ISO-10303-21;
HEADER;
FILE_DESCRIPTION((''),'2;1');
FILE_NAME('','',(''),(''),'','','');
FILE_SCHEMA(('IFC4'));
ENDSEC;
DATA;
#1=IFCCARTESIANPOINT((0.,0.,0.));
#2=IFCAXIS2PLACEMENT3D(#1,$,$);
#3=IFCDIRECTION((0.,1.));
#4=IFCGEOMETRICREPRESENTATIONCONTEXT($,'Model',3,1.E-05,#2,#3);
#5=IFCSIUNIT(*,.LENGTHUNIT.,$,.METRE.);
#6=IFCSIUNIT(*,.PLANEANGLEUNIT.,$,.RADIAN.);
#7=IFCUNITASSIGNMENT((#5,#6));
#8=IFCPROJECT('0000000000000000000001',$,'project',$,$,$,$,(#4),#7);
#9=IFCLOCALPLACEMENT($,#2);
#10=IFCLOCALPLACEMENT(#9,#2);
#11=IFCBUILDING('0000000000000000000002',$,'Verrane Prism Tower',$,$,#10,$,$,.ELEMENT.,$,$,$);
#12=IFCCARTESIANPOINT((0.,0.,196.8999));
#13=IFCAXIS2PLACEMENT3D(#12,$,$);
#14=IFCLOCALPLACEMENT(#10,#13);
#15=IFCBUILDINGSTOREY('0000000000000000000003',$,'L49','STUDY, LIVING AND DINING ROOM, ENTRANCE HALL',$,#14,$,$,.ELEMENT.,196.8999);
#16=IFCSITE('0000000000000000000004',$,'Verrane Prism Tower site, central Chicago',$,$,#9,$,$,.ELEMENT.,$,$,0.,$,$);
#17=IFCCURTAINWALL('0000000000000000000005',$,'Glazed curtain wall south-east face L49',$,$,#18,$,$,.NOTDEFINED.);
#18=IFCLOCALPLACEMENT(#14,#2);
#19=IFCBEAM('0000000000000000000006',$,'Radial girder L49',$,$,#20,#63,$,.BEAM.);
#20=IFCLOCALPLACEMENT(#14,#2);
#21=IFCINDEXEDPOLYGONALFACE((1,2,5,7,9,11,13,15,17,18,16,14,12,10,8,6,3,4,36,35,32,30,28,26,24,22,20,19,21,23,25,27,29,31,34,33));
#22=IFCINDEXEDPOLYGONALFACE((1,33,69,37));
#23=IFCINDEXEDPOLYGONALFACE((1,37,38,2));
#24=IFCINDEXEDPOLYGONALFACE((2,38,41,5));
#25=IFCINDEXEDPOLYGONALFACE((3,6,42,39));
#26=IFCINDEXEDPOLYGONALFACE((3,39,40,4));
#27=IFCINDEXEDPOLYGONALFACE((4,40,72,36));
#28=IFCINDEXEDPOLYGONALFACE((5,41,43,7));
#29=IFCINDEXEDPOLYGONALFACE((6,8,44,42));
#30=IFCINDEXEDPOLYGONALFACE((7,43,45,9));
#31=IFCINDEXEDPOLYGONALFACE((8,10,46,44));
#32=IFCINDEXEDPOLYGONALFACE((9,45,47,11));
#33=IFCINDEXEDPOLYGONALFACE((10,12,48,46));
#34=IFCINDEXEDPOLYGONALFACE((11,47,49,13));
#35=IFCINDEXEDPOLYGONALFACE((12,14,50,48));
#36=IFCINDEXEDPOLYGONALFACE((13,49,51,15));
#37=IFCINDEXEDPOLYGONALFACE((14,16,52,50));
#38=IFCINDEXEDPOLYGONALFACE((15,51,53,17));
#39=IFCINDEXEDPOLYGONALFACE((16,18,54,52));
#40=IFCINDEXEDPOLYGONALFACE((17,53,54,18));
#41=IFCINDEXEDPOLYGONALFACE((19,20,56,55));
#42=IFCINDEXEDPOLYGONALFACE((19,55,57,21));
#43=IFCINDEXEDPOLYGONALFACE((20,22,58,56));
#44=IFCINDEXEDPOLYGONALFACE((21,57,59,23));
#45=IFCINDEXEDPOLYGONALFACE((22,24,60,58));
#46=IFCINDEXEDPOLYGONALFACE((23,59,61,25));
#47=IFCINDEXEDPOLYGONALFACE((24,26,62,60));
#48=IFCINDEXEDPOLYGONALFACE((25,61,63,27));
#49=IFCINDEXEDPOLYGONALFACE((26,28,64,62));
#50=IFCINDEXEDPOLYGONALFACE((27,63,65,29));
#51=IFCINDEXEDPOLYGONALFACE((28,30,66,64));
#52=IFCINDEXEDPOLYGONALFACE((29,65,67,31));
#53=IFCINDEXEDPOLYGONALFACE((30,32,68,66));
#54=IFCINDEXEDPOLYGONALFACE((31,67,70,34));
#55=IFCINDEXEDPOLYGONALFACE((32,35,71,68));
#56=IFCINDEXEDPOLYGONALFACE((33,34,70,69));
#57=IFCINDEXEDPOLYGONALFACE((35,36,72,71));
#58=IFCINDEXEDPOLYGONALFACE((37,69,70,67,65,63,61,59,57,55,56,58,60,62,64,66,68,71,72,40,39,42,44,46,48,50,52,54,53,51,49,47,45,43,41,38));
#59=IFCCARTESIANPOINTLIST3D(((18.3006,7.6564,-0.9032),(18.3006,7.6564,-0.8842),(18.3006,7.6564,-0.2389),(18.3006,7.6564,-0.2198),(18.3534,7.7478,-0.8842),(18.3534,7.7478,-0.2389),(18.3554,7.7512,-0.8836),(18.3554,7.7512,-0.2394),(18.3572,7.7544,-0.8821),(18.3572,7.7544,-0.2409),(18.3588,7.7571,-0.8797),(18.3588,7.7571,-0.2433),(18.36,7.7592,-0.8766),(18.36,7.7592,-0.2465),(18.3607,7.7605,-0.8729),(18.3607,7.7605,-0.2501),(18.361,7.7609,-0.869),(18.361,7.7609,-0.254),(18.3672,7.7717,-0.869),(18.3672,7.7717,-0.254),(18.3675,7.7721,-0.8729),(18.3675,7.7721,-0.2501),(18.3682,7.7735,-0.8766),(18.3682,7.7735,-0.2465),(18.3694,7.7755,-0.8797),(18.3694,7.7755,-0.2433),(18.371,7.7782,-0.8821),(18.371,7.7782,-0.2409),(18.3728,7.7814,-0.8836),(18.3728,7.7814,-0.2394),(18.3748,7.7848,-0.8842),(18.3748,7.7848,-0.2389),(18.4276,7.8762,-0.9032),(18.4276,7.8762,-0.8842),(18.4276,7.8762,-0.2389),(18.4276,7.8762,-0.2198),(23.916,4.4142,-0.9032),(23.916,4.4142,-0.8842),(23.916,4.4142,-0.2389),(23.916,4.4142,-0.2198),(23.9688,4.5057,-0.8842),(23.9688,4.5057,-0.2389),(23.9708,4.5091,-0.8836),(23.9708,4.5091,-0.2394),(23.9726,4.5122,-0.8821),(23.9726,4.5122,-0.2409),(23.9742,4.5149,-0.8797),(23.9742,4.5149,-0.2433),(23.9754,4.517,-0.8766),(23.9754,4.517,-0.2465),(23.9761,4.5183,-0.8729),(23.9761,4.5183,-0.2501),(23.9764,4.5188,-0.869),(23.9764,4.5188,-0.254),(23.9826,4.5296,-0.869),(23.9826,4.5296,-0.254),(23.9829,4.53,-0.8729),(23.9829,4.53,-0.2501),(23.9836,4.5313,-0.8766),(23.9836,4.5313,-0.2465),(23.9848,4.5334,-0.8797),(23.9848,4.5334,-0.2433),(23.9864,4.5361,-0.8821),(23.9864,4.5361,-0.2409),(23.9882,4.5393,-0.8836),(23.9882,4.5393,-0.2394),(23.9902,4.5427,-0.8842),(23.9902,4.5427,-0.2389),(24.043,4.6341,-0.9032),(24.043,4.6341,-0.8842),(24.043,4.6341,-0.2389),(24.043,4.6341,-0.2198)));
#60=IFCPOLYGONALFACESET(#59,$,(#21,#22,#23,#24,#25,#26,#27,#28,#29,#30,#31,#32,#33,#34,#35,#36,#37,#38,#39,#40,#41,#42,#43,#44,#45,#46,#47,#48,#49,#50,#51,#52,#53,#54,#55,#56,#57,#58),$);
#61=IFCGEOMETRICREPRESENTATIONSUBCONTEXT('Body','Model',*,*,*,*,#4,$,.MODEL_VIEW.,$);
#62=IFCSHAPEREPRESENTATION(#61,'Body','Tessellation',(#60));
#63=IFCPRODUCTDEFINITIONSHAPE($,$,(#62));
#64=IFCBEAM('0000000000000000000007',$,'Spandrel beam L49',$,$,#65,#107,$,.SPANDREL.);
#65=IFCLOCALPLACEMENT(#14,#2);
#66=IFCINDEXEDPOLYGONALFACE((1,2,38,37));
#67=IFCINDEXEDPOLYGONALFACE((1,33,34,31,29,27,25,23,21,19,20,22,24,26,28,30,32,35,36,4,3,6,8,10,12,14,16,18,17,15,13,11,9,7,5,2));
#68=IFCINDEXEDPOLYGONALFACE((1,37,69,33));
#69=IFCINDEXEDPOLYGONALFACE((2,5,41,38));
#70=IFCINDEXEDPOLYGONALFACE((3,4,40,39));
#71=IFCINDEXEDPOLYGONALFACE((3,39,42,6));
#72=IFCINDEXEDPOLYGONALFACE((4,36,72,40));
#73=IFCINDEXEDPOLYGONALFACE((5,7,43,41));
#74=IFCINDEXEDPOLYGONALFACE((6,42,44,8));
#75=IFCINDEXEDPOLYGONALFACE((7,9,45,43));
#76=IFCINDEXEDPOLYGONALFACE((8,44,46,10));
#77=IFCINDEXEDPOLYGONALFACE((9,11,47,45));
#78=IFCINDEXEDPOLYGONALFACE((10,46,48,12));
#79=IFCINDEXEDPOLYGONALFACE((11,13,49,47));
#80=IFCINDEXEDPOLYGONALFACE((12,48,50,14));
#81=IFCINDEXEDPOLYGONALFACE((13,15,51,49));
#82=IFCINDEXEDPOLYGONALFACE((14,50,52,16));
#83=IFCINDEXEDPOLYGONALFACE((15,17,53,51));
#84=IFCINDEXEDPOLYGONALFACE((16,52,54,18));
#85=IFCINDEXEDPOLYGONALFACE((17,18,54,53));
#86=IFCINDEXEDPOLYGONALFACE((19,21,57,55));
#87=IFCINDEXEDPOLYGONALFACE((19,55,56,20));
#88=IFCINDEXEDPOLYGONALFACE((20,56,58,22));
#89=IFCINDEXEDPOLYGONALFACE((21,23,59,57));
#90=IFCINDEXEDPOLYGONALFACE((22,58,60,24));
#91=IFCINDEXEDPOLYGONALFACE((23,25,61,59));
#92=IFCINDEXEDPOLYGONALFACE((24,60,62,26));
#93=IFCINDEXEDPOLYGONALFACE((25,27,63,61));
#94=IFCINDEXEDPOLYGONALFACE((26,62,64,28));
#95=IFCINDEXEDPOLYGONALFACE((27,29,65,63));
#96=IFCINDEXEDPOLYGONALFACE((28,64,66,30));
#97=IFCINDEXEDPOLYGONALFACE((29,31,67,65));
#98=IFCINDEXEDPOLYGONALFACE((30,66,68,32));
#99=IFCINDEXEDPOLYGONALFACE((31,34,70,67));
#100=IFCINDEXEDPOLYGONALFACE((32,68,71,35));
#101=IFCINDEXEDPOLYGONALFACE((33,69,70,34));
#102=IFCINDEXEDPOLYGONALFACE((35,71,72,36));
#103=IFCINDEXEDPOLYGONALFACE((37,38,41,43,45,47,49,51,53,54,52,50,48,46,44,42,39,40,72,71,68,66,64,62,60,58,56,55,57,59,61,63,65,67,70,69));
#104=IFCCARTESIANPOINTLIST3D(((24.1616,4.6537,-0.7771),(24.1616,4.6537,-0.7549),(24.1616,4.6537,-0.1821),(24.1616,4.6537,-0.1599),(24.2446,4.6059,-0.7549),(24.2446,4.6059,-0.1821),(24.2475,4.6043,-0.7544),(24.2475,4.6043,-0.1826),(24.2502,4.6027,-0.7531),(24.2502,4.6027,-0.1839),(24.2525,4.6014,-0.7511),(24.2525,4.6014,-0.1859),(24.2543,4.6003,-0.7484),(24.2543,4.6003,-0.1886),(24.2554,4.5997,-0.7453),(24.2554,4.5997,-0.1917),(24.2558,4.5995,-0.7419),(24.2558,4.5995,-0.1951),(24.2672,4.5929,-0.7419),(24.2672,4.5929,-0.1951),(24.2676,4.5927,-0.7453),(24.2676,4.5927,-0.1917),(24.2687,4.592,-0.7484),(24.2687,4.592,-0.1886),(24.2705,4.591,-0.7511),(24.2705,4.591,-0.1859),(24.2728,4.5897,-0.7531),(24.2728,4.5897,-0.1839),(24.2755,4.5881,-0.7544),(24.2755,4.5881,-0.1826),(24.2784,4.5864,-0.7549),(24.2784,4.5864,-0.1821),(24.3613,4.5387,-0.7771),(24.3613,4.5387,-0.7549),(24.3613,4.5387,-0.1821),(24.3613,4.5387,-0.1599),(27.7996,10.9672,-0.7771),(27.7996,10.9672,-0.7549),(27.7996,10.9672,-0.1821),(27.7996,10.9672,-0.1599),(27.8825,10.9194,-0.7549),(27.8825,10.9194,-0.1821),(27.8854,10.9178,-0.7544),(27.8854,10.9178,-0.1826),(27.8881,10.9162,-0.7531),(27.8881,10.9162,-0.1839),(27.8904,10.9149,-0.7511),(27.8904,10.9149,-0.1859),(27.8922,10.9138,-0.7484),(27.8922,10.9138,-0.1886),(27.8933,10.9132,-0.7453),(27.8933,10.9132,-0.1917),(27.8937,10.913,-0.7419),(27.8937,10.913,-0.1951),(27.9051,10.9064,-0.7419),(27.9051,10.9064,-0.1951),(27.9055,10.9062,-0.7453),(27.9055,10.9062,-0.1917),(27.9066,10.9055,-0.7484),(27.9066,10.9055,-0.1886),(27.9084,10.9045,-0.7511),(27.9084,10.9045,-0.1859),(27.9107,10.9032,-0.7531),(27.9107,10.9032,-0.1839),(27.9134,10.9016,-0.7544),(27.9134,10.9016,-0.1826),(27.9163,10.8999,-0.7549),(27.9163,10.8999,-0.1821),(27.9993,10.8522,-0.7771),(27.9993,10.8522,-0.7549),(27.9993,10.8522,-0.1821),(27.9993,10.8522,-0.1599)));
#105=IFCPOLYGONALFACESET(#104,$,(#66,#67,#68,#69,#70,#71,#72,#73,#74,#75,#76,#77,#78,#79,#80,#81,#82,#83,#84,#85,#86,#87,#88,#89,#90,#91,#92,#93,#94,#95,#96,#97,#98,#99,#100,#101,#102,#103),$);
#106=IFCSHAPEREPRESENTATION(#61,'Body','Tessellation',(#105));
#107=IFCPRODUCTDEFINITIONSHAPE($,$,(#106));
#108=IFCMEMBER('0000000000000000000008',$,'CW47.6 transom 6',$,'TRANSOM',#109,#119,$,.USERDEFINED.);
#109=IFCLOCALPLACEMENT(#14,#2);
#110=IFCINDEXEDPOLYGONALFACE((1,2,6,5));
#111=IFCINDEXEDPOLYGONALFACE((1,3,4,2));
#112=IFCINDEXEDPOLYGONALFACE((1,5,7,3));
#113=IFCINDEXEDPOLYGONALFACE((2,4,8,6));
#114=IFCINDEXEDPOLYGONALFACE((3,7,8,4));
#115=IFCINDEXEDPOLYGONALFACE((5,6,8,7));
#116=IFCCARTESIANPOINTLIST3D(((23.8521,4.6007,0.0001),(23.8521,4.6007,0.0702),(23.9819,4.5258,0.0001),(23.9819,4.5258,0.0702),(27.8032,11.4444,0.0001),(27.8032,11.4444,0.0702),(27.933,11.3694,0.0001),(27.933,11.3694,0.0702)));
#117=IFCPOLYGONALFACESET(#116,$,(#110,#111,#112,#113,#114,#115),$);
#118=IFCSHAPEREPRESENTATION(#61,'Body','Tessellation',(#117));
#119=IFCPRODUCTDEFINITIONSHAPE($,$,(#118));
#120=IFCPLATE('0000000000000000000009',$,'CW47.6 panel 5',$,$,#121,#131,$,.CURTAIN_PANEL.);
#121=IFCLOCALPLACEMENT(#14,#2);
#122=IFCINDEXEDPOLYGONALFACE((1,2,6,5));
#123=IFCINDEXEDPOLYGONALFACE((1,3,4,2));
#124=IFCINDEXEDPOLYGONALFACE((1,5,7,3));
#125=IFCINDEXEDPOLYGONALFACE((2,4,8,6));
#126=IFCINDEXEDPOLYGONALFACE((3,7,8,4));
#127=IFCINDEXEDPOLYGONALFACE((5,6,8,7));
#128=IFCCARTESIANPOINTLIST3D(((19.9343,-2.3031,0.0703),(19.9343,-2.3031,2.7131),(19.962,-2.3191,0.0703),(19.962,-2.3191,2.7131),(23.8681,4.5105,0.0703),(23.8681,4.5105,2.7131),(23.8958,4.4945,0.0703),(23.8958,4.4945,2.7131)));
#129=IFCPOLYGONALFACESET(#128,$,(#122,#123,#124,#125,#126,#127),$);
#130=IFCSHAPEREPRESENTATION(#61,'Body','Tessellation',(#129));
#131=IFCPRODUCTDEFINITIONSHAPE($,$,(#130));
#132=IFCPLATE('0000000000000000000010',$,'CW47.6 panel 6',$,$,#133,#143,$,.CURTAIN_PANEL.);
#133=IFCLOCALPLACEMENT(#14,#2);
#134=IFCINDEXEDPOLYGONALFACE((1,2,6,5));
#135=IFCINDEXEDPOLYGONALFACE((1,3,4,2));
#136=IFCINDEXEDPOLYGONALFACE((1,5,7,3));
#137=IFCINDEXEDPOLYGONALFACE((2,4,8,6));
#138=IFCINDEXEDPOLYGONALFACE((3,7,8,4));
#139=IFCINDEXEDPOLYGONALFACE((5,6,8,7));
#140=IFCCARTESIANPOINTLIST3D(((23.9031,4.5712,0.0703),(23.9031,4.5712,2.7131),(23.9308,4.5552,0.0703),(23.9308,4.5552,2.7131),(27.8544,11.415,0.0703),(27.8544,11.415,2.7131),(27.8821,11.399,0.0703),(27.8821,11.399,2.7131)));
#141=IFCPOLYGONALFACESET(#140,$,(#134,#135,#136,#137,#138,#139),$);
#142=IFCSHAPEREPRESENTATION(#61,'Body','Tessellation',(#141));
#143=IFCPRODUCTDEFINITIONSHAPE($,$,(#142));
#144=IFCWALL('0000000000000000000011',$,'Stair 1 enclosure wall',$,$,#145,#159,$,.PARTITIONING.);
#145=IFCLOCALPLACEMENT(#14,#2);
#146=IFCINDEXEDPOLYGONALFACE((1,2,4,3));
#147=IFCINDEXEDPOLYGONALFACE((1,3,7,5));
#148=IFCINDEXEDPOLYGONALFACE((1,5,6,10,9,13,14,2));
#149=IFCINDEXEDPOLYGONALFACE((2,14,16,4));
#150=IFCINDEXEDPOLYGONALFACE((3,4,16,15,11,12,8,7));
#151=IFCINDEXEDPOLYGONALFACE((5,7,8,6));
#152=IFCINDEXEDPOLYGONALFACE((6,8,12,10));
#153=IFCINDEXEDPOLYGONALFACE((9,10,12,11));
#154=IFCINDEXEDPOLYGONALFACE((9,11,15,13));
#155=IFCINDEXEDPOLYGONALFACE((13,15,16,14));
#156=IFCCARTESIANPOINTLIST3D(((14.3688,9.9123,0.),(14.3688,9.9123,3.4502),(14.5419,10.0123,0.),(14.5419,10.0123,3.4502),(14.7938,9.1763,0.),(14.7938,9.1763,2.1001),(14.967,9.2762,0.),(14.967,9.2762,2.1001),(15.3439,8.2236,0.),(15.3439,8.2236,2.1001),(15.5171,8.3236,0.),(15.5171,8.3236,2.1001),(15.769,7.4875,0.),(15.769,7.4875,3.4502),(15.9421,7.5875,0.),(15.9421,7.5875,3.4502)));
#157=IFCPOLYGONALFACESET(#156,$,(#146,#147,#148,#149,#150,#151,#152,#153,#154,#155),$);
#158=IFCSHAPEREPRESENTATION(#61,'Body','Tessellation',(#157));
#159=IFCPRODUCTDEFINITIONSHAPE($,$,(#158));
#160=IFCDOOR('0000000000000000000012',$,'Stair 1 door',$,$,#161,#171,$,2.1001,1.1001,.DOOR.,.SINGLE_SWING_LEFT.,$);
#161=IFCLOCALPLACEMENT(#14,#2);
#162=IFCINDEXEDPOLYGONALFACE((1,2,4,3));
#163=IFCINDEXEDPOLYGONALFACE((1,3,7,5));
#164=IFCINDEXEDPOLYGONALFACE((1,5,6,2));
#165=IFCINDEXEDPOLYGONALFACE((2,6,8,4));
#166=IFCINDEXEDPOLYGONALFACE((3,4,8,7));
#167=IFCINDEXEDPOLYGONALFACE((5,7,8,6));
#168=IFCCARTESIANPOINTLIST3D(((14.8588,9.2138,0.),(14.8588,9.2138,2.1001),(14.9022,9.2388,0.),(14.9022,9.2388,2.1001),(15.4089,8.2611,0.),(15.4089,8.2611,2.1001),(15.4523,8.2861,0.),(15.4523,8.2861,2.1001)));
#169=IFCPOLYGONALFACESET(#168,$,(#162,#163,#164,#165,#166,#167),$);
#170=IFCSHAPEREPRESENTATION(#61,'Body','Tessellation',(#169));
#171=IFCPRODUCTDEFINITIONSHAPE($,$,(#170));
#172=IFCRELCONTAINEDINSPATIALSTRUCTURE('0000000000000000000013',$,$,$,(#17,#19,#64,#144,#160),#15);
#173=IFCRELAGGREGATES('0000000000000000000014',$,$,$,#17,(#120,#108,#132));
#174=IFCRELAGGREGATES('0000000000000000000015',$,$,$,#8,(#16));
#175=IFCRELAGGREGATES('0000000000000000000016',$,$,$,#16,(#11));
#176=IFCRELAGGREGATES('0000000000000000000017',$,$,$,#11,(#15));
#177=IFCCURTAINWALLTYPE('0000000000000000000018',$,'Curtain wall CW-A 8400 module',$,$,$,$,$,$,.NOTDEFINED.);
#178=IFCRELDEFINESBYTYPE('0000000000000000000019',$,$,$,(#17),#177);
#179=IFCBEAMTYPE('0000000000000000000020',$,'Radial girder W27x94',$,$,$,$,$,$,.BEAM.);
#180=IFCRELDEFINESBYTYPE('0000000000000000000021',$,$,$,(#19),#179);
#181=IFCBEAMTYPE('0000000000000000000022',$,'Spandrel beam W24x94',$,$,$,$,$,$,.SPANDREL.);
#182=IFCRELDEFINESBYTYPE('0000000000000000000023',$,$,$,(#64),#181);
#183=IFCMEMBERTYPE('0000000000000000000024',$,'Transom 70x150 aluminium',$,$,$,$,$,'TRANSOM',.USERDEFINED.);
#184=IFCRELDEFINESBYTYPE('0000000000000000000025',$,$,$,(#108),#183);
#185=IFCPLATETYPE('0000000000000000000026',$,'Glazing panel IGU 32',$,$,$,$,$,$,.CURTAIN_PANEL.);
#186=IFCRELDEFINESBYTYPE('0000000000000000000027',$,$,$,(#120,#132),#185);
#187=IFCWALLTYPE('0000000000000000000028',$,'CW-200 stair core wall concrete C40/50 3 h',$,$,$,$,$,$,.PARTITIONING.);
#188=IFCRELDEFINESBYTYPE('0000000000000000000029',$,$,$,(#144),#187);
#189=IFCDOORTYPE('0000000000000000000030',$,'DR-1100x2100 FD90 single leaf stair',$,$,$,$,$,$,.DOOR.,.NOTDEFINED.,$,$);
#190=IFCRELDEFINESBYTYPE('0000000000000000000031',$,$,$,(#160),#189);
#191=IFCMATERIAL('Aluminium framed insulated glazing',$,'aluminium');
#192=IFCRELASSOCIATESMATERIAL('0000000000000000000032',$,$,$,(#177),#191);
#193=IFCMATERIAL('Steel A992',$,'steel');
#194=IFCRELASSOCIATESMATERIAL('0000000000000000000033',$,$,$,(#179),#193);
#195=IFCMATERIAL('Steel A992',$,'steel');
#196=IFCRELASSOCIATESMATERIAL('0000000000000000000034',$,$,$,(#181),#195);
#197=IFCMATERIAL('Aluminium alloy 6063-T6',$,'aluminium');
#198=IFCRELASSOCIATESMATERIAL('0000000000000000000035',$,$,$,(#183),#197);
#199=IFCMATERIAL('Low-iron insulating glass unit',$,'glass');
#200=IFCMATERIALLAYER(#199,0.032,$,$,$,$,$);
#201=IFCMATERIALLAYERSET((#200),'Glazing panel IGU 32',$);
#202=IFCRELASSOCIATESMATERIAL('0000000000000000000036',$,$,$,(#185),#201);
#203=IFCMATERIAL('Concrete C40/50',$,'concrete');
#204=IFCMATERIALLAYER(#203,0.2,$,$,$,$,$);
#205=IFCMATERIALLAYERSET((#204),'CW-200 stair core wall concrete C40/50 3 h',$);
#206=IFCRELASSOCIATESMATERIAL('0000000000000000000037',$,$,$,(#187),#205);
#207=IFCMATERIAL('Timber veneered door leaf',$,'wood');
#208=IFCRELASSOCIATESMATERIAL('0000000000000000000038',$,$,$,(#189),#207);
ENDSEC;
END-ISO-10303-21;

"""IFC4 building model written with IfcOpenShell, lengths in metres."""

from ifc_helpers import new_model, si_unit, direction, frame, frame_2d, origin, origin_2d, place, context, subcontext, project, spatial, rectangle, i_section, extrude, material, layer, layer_set, material_profile, profile_set, type_object, element, fill, aggregate, save


model = new_model("IFC4")

# Units and contexts
model_context = context("Model", 3, precision=1e-05, world=origin(), true_north=direction((0.0, 1.0)))
body_context = subcontext(model_context, "Body", "Model", "MODEL_VIEW")
ifc_project = project(units=[si_unit("LENGTHUNIT", "METRE"), si_unit("PLANEANGLEUNIT", "RADIAN")], contexts=[model_context])

# Site, building, storey
site_placement = place(None, origin())
site = spatial("IfcSite", under=ifc_project, at=site_placement, Name="Verrane Prism Tower site, central Chicago", CompositionType="ELEMENT", RefElevation=0.0)
building_placement = place(site_placement, origin())
building = spatial("IfcBuilding", under=site, at=building_placement, Name="Verrane Prism Tower", CompositionType="ELEMENT")
storey_placement = place(building_placement, frame((0.0, 0.0, 196.8999)))
storey = spatial("IfcBuildingStorey", under=building, at=storey_placement, Name="L49", Description="STUDY, LIVING AND DINING ROOM, ENTRANCE HALL", CompositionType="ELEMENT", Elevation=196.8999)

# Curtain wall
ifc_material_1 = material(Name="Aluminium framed insulated glazing", Category="aluminium")
curtain_wall_type = type_object("IfcCurtainWallType", Name="Curtain wall CW-A 8400 module", PredefinedType="NOTDEFINED", material=ifc_material_1)
curtain_wall_placement = place(storey_placement, origin())
curtain_wall = element("IfcCurtainWall", 1, at=curtain_wall_placement, inside=storey, type_object=curtain_wall_type, Name="Glazed curtain wall south-east face L49", PredefinedType="NOTDEFINED")

# Beams
ifc_material_2 = material(Name="Steel A992", Category="steel")
ifc_material_profile_1 = material_profile(ifc_material_2, i_section(OverallWidth=0.2539, OverallDepth=0.6833, WebThickness=0.0125, FlangeThickness=0.019, FilletRadius=0.0151, at=origin_2d()), Name="W27x94")
ifc_profile_set_1 = profile_set([ifc_material_profile_1], Name="Steel A992")
beam_type_1 = type_object("IfcBeamType", Name="Radial girder W27x94", PredefinedType="BEAM", material=ifc_profile_set_1)
beam_1_placement = place(storey_placement, frame((23.9795, 4.5242, -0.5615), z_axis=(-0.866019, 0.50001, 0.0), x_axis=(-0.50001, -0.866019, 0.0)))
element("IfcBeam", 2, at=beam_1_placement, inside=storey, type_object=beam_type_1, Name="Radial girder L49", PredefinedType="BEAM", context=body_context, shape_type="SweptSolid", body=[
    extrude(i_section(OverallWidth=0.2539, OverallDepth=0.6833, WebThickness=0.0125, FlangeThickness=0.019, FilletRadius=0.0151, at=origin_2d()), origin(), (0.0, 0.0, 1.0), 6.4841),
])
ifc_material_3 = material(Name="Steel A992", Category="steel")
ifc_material_profile_2 = material_profile(ifc_material_3, i_section(OverallWidth=0.2305, OverallDepth=0.6172, WebThickness=0.0132, FlangeThickness=0.0222, FilletRadius=0.0129, at=origin_2d()), Name="W24x94")
ifc_profile_set_2 = profile_set([ifc_material_profile_2], Name="Steel A992")
beam_type_2 = type_object("IfcBeamType", Name="Spandrel beam W24x94", PredefinedType="SPANDREL", material=ifc_profile_set_2)
beam_2_placement = place(storey_placement, frame((24.2615, 4.5962, -0.4685), z_axis=(0.499264, 0.86645, 0.0), x_axis=(-0.86645, 0.499264, 0.0)))
element("IfcBeam", 3, at=beam_2_placement, inside=storey, type_object=beam_type_2, Name="Spandrel beam L49", PredefinedType="SPANDREL", context=body_context, shape_type="SweptSolid", body=[
    extrude(i_section(OverallWidth=0.2305, OverallDepth=0.6172, WebThickness=0.0132, FlangeThickness=0.0222, FilletRadius=0.0129, at=origin_2d()), origin(), (0.0, 0.0, 1.0), 7.2866),
])

# Member
ifc_material_4 = material(Name="Aluminium alloy 6063-T6", Category="aluminium")
ifc_material_profile_3 = material_profile(ifc_material_4, rectangle(XDim=0.1499, YDim=0.0701, at=origin_2d()), Name="Transom 70x150 aluminium")
ifc_profile_set_3 = profile_set([ifc_material_profile_3], Name="Aluminium alloy 6063-T6")
member_type_1 = type_object("IfcMemberType", Name="Transom 70x150 aluminium", ElementType="TRANSOM", PredefinedType="USERDEFINED", material=ifc_profile_set_3)
member_1_placement = place(storey_placement, frame((23.917, 4.5632, 0.0352), z_axis=(0.499993, 0.866029, 0.0), x_axis=(-0.866029, 0.499993, 0.0)))
member_1 = element("IfcMember", 4, at=member_1_placement, type_object=member_type_1, Name="CW47.6 transom 6", ObjectType="TRANSOM", PredefinedType="USERDEFINED", context=body_context, shape_type="SweptSolid", body=[
    extrude(rectangle(XDim=0.1499, YDim=0.0701, at=origin_2d()), origin(), (0.0, 0.0, 1.0), 7.9023),
])

# Plates
ifc_material_5 = material(Name="Low-iron insulating glass unit", Category="glass")
ifc_layer_1 = layer(ifc_material_5, 0.032)
ifc_layer_set_1 = layer_set([ifc_layer_1], Name="Glazing panel IGU 32")
plate_type = type_object("IfcPlateType", Name="Glazing panel IGU 32", PredefinedType="CURTAIN_PANEL", material=ifc_layer_set_1)
plate_1_placement = place(storey_placement, frame((21.915, 1.0957, 0.0703), z_axis=(0.0, 0.0, 1.0), x_axis=(0.5, 0.866026, 0.0)))
plate_1 = element("IfcPlate", 5, at=plate_1_placement, type_object=plate_type, Name="CW47.6 panel 5", PredefinedType="CURTAIN_PANEL", context=body_context, shape_type="SweptSolid", body=[
    extrude(rectangle(XDim=7.8677, YDim=0.032, at=origin_2d()), origin(), (0.0, 0.0, 1.0), 2.6428),
])
plate_2_placement = place(storey_placement, frame((25.8926, 7.9851, 0.0703), z_axis=(0.0, 0.0, 1.0), x_axis=(0.5, 0.866026, 0.0)))
plate_2 = element("IfcPlate", 6, at=plate_2_placement, type_object=plate_type, Name="CW47.6 panel 6", PredefinedType="CURTAIN_PANEL", context=body_context, shape_type="SweptSolid", body=[
    extrude(rectangle(XDim=7.9026, YDim=0.032, at=origin_2d()), origin(), (0.0, 0.0, 1.0), 2.6428),
])
aggregate(curtain_wall, [plate_1, member_1, plate_2])

# Wall, opening, door
ifc_material_6 = material(Name="Concrete C40/50", Category="concrete")
ifc_layer_2 = layer(ifc_material_6, 0.2)
ifc_layer_set_2 = layer_set([ifc_layer_2], Name="CW-200 stair core wall concrete C40/50 3 h")
wall_type_1 = type_object("IfcWallType", Name="CW-200 stair core wall concrete C40/50 3 h", PredefinedType="PARTITIONING", material=ifc_layer_set_2)
wall_1_placement = place(storey_placement, frame((15.8555, 7.5376, 0.0), z_axis=(0.0, 0.0, 1.0), x_axis=(-0.50005, 0.865997, 0.0)))
wall_1 = element("IfcWall", 7, at=wall_1_placement, inside=storey, type_object=wall_type_1, Name="Stair 1 enclosure wall", PredefinedType="PARTITIONING", context=body_context, shape_type="SweptSolid", body=[
    extrude(rectangle(XDim=2.8, YDim=0.2, at=frame_2d((1.3999, 0.0))), origin(), (0.0, 0.0, 1.0), 3.4502),
])
opening_1_placement = place(wall_1_placement, frame((0.8499, 0.0, 0.0)))
opening_1 = element("IfcOpeningElement", 8, at=opening_1_placement, cuts=wall_1, PredefinedType="OPENING", context=body_context, shape_type="SweptSolid", body=[
    extrude(rectangle(XDim=1.1001, YDim=2.1001, at=frame_2d((0.55, 1.05))), frame((0.0, 0.1099, 0.0), z_axis=(0.0, -1.0, 0.0), x_axis=(1.0, 0.0, 0.0)), (0.0, 0.0, 1.0), 0.22),
])
ifc_material_7 = material(Name="Timber veneered door leaf", Category="wood")
door_type_1 = type_object("IfcDoorType", Name="DR-1100x2100 FD90 single leaf stair", OperationType="NOTDEFINED", PredefinedType="DOOR", material=ifc_material_7)
door_1_placement = place(opening_1_placement, origin())
door_1 = element("IfcDoor", 9, at=door_1_placement, inside=storey, type_object=door_type_1, Name="Stair 1 door", OperationType="SINGLE_SWING_LEFT", OverallHeight=2.1001, OverallWidth=1.1001, PredefinedType="DOOR", context=body_context, shape_type="SweptSolid", body=[
    extrude(rectangle(XDim=1.1001, YDim=2.1001, at=frame_2d((0.55, 1.05))), frame((0.0, 0.0249, 0.0), z_axis=(0.0, -1.0, 0.0), x_axis=(1.0, 0.0, 0.0)), (0.0, 0.0, 1.0), 0.05),
])
fill(opening_1, door_1)

save(model, "model.ifc")
